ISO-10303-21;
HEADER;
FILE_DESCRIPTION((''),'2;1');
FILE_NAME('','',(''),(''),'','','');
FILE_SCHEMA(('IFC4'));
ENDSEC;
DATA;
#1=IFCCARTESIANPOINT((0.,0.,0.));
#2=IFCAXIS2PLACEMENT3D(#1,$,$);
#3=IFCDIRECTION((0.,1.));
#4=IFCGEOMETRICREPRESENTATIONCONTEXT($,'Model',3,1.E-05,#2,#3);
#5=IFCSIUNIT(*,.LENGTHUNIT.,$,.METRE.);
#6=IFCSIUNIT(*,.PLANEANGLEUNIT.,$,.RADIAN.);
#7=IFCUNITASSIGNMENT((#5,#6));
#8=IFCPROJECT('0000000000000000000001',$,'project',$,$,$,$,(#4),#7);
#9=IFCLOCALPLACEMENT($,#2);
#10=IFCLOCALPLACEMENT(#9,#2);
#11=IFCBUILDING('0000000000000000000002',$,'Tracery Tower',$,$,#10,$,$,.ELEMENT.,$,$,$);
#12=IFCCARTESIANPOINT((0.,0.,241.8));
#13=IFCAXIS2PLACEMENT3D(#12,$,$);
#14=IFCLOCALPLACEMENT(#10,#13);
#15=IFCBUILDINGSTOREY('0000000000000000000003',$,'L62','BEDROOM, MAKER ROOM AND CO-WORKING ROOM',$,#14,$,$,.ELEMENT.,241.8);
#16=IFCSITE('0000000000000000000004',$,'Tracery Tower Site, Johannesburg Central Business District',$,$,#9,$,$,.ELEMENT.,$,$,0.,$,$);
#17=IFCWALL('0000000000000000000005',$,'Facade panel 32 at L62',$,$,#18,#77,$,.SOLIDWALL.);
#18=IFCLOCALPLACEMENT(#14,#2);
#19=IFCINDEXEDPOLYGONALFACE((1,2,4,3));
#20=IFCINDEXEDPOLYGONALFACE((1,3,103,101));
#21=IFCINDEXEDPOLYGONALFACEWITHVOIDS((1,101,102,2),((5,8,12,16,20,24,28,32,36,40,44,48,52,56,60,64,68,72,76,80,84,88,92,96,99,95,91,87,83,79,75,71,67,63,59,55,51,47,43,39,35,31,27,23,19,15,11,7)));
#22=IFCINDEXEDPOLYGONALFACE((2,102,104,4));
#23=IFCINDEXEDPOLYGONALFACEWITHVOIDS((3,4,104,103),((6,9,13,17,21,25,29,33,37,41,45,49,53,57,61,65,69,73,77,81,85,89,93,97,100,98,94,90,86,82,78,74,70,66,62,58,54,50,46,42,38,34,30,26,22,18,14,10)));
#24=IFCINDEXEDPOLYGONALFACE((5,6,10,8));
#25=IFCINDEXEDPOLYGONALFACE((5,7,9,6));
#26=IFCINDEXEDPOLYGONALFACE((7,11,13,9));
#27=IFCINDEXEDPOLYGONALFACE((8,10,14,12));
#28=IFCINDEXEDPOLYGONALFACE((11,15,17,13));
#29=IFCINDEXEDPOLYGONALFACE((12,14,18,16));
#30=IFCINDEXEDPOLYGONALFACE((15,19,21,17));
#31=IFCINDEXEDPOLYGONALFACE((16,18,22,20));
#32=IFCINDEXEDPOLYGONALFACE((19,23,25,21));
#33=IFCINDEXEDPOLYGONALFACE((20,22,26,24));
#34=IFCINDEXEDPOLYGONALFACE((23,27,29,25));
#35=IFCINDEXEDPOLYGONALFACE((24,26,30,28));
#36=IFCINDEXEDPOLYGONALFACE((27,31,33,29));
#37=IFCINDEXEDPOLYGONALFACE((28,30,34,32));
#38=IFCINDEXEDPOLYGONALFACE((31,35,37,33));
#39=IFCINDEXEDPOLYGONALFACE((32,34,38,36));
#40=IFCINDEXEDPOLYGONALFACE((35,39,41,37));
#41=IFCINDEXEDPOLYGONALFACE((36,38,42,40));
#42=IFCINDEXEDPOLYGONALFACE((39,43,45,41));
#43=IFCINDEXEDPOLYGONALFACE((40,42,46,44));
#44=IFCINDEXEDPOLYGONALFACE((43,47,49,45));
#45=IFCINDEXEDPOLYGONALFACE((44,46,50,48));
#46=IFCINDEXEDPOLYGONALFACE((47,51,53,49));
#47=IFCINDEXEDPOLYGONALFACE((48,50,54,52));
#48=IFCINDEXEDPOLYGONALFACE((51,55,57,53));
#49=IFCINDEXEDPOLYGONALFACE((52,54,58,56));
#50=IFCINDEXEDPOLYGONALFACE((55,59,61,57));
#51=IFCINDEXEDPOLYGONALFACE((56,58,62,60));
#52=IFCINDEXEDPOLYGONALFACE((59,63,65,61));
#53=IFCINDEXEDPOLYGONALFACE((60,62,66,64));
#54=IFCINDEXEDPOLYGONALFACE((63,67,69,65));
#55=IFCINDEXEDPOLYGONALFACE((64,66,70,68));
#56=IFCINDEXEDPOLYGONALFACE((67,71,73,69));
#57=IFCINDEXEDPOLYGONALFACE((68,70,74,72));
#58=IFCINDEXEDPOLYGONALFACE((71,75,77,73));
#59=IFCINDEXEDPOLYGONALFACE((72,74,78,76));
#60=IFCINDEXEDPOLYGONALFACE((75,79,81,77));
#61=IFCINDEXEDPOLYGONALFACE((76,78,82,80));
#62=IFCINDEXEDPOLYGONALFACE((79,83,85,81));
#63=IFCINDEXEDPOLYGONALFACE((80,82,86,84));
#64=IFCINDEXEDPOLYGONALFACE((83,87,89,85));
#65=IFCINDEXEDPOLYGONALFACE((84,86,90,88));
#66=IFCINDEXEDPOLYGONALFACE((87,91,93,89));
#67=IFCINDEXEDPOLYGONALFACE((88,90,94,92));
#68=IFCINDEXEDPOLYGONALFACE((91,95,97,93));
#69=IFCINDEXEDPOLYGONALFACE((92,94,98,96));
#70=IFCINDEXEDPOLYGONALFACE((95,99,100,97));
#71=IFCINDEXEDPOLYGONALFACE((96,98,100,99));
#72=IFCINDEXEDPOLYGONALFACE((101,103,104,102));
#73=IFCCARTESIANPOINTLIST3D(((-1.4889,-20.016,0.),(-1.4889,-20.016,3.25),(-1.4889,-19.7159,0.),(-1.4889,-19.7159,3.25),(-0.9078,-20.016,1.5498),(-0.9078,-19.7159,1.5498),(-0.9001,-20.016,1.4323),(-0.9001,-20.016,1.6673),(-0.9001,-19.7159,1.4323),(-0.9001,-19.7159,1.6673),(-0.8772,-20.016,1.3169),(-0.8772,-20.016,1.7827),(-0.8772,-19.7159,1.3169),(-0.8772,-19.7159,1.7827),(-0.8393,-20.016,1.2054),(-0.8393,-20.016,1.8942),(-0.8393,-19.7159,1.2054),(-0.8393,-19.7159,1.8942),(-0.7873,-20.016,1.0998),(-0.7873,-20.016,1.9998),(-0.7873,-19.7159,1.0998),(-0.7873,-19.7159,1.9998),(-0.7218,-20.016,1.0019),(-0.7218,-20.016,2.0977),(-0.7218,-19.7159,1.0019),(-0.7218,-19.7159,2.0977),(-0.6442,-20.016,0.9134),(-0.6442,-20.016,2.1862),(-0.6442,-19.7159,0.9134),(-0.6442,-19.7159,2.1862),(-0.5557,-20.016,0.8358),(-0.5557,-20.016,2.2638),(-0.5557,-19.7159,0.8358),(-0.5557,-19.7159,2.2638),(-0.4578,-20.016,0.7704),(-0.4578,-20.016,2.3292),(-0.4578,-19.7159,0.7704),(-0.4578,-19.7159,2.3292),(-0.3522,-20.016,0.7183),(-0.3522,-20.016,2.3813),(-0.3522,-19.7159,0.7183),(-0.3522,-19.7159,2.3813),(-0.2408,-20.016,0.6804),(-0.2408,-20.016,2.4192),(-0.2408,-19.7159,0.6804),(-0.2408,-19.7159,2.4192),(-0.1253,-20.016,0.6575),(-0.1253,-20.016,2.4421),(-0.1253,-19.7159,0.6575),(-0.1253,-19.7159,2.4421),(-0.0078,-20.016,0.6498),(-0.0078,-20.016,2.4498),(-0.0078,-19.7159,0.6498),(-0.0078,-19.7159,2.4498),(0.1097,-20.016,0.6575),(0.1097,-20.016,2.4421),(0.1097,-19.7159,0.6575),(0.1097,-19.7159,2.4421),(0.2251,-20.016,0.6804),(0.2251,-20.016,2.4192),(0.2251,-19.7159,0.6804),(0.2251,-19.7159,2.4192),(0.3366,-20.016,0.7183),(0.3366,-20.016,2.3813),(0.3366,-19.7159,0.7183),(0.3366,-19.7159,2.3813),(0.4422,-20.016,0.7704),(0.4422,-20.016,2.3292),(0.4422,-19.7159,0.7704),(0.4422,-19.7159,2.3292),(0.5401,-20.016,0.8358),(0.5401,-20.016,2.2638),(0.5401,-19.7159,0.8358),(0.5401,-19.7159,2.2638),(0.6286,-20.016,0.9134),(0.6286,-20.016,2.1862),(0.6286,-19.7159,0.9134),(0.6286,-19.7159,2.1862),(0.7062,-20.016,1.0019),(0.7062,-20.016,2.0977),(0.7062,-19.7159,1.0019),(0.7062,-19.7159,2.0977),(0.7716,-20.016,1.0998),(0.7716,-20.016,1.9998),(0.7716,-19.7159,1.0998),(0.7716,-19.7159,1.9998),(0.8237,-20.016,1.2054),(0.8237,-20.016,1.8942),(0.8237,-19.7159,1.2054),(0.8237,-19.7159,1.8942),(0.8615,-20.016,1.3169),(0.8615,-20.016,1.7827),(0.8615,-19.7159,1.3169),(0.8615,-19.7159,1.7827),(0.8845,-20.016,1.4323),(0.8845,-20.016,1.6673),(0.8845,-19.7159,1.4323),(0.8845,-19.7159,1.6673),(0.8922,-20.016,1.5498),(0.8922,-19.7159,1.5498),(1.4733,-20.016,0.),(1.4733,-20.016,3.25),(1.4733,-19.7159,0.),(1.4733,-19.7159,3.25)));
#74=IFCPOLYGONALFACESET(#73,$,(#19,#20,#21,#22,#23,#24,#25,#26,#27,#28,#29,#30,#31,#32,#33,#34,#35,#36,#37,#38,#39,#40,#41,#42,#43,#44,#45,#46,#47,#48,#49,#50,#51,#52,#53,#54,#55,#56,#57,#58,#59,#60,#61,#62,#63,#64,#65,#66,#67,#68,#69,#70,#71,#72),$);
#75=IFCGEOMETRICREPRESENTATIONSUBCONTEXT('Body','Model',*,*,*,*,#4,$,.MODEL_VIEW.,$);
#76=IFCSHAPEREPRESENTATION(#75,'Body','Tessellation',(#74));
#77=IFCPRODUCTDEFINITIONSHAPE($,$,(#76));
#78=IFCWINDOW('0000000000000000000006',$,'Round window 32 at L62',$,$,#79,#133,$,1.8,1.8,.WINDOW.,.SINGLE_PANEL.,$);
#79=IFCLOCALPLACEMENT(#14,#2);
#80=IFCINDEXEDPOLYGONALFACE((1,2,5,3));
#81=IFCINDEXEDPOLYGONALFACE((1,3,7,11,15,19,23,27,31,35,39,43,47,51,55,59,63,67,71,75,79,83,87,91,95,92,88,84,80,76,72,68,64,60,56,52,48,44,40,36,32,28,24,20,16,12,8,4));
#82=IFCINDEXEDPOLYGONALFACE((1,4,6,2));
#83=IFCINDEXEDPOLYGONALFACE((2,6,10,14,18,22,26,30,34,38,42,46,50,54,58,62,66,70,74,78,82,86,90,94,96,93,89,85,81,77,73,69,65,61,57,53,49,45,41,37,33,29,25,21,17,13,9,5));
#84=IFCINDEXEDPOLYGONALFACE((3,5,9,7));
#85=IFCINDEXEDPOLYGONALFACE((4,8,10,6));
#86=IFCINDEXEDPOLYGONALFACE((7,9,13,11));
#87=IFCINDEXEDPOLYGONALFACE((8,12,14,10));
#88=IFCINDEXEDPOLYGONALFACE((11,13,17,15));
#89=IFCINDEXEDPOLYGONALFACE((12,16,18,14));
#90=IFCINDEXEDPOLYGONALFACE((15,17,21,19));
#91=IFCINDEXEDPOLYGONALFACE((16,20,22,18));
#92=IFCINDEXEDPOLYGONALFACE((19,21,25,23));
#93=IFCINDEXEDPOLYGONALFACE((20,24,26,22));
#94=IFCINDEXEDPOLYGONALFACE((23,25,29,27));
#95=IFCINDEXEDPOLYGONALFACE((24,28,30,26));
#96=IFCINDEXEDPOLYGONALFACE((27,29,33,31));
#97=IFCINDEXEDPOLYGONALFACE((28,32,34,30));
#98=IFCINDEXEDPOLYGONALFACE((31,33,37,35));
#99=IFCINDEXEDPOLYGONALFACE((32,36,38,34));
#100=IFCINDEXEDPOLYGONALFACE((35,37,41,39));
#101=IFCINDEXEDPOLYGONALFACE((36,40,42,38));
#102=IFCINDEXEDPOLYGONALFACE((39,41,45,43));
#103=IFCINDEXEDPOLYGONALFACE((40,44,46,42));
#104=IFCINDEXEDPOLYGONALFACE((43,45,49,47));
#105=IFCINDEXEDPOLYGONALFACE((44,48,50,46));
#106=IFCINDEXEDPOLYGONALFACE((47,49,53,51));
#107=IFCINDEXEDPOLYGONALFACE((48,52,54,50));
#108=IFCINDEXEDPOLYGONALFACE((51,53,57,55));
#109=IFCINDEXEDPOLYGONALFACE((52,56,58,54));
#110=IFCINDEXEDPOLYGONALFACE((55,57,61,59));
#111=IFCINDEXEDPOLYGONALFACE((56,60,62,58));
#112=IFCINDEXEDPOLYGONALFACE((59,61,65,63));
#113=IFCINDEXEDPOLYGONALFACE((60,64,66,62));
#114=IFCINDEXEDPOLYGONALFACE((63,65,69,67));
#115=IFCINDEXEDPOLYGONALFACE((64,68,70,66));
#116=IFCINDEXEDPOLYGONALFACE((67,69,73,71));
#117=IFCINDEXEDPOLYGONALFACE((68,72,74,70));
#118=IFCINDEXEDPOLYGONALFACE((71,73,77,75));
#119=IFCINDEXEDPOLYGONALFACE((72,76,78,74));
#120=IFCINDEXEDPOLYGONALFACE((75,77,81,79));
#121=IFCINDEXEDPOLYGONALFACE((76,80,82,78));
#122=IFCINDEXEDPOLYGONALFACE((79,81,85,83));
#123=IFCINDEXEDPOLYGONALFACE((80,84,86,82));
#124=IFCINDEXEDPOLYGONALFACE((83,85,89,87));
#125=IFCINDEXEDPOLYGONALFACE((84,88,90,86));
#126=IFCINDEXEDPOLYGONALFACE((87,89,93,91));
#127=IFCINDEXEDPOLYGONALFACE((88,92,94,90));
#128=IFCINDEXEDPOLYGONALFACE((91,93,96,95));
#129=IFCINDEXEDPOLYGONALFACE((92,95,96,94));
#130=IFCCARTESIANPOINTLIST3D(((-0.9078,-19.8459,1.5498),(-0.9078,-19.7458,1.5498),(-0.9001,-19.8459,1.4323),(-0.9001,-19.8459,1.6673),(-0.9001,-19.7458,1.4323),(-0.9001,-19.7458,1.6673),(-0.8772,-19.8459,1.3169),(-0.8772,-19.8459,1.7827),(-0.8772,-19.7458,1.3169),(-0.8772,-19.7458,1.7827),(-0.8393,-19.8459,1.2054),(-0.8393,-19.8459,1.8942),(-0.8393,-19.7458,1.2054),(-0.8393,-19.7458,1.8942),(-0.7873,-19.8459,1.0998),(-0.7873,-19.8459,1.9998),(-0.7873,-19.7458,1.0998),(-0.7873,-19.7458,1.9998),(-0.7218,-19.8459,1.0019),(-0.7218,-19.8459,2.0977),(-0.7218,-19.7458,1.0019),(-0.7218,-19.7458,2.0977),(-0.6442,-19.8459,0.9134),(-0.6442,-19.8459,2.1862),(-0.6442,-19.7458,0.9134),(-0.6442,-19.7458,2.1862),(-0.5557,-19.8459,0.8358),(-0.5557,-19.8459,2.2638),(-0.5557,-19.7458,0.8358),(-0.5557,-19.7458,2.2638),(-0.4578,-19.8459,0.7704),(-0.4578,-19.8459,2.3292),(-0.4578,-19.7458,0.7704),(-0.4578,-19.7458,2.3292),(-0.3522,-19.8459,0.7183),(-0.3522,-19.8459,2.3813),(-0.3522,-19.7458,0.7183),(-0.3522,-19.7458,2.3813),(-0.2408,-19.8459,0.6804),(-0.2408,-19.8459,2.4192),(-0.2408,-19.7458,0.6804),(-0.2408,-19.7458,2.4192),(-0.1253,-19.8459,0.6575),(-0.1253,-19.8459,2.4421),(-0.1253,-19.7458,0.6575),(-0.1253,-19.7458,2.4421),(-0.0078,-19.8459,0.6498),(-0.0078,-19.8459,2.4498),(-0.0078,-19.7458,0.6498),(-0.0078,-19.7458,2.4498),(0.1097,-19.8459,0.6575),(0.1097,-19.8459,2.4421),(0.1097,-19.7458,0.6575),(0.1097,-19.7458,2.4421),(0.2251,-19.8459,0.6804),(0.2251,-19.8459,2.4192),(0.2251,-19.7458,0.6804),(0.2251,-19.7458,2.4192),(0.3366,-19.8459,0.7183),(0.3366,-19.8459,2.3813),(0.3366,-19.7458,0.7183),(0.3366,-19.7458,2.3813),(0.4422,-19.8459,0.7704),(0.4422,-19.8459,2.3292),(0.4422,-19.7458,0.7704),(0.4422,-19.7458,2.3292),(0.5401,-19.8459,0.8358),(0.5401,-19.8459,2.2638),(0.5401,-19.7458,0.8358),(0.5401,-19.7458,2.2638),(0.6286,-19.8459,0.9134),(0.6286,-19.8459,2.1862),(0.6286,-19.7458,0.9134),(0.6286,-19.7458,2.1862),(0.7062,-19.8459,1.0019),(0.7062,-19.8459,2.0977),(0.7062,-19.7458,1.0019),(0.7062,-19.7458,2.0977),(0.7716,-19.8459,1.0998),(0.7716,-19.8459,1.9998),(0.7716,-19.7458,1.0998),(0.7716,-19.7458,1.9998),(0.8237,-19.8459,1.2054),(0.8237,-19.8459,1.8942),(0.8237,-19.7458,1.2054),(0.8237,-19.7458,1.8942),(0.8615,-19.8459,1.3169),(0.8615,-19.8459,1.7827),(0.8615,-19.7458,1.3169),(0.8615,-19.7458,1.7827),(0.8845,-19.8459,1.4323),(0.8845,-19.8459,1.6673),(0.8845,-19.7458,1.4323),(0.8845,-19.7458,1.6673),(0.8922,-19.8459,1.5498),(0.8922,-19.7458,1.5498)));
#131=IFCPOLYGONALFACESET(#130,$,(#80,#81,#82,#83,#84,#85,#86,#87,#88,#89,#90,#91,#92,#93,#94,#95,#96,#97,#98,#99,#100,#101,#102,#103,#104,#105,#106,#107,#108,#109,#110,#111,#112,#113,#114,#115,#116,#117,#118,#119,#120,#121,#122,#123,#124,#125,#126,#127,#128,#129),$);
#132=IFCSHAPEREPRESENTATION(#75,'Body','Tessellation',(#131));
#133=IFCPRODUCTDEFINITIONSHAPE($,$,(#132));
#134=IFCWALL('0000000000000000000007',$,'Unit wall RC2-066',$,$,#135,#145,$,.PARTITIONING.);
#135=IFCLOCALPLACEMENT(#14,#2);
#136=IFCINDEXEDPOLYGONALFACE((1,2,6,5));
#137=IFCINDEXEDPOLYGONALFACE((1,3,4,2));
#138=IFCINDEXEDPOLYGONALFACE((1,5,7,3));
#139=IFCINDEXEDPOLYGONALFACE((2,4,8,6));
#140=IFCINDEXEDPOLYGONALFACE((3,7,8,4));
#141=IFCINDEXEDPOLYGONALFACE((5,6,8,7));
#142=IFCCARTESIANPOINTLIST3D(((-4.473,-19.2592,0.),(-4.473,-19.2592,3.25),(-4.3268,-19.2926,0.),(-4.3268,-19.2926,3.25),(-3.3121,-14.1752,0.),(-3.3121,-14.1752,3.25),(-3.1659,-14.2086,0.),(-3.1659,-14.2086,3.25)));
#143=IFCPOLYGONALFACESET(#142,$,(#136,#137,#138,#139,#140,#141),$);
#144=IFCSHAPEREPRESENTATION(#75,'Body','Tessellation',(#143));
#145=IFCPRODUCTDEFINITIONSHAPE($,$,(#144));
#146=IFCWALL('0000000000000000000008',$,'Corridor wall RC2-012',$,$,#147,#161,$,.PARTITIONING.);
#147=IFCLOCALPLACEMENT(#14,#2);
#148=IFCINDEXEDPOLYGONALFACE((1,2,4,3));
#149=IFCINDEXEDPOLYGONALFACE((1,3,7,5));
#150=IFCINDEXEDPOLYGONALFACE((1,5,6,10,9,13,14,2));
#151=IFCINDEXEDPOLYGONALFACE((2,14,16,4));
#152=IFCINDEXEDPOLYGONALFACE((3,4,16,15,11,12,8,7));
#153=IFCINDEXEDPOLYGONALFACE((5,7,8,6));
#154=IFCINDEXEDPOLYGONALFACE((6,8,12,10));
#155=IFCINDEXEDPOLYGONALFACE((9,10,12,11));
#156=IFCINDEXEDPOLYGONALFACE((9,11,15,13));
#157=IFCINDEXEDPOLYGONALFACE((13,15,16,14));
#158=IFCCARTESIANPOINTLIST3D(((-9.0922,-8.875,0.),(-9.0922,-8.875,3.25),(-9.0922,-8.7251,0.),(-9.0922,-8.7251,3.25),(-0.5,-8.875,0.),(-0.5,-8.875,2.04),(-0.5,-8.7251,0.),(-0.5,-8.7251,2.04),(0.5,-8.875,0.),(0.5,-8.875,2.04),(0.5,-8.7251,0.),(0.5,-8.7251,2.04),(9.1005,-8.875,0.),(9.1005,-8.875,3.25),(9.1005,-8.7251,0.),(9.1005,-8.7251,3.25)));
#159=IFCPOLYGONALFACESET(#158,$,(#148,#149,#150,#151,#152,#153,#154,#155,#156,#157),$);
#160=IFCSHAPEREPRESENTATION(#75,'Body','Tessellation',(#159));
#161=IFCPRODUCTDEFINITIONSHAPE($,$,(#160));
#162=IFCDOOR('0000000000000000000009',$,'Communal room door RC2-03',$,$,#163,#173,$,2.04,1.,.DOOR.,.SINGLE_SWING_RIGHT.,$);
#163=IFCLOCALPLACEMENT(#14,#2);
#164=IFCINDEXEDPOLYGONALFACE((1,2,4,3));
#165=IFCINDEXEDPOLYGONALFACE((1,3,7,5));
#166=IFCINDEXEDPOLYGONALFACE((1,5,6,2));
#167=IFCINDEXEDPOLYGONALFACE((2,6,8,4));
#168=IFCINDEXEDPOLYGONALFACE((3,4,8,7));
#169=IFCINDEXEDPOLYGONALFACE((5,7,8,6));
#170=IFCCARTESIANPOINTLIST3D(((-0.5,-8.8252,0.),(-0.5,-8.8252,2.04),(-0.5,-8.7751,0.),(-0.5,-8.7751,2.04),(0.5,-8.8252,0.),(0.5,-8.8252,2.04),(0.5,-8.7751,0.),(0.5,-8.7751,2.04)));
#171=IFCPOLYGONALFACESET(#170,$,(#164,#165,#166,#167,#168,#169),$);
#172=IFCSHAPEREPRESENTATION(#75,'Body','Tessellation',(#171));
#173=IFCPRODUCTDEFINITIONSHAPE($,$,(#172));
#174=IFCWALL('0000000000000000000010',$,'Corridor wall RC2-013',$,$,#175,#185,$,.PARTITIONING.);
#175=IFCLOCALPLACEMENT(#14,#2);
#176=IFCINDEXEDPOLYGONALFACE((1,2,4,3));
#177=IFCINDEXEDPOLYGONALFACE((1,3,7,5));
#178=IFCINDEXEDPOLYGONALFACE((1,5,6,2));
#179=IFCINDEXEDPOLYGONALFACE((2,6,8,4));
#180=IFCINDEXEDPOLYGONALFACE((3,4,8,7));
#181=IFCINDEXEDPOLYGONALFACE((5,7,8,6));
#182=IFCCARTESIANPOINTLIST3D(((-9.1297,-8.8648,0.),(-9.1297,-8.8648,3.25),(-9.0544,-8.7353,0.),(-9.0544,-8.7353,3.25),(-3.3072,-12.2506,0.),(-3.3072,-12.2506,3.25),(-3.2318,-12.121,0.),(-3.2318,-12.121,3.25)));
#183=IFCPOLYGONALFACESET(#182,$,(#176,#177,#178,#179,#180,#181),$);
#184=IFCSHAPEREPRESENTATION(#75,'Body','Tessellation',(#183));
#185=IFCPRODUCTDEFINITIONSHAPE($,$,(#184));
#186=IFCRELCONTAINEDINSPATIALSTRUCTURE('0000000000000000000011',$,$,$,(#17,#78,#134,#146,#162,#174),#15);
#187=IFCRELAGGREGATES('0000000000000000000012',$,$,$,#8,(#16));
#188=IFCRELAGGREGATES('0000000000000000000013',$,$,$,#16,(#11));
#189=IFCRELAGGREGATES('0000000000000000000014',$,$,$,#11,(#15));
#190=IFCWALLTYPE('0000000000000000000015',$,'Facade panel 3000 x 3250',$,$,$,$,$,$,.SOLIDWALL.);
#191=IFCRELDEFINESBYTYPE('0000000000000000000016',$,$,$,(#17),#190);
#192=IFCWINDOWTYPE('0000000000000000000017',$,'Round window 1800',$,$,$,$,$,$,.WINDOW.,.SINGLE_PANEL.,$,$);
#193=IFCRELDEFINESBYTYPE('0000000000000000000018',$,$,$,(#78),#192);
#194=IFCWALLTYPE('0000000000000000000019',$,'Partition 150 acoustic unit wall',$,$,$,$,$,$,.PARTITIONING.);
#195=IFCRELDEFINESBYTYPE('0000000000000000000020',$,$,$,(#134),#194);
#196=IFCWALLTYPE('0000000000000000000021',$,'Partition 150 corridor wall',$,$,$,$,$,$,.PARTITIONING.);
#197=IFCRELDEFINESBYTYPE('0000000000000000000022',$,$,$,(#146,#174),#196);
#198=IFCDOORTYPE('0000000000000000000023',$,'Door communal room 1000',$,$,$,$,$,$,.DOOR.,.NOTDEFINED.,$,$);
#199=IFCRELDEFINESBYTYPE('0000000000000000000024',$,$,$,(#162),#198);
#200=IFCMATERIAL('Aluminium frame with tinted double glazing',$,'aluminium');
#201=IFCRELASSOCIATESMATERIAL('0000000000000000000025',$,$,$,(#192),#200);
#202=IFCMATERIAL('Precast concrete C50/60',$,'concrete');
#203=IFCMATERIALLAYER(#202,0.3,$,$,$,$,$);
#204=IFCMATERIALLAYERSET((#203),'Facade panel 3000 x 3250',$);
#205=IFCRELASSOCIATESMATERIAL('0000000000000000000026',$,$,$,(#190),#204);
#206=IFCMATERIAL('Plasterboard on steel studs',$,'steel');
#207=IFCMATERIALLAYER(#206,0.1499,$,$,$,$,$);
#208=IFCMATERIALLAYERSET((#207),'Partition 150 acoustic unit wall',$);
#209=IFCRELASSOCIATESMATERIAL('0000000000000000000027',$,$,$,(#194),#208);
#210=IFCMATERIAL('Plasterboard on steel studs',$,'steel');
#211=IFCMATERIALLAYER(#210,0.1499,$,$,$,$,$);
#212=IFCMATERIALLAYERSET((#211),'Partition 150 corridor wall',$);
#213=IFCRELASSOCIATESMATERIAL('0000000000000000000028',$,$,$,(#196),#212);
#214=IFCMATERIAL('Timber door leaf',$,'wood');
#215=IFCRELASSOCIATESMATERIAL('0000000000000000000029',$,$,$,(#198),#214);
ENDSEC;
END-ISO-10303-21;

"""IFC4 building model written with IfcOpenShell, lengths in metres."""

from ifc_helpers import new_model, si_unit, direction, frame, frame_2d, origin, origin_2d, place, context, subcontext, project, spatial, rectangle, circle, extrude, material, layer, layer_set, type_object, element, fill, save


model = new_model("IFC4")

# Units and contexts
model_context = context("Model", 3, precision=1e-05, world=origin(), true_north=direction((0.0, 1.0)))
body_context = subcontext(model_context, "Body", "Model", "MODEL_VIEW")
ifc_project = project(units=[si_unit("LENGTHUNIT", "METRE"), si_unit("PLANEANGLEUNIT", "RADIAN")], contexts=[model_context])

# Site, building, storey
site_placement = place(None, origin())
site = spatial("IfcSite", under=ifc_project, at=site_placement, Name="Tracery Tower Site, Johannesburg Central Business District", CompositionType="ELEMENT", RefElevation=0.0)
building_placement = place(site_placement, origin())
building = spatial("IfcBuilding", under=site, at=building_placement, Name="Tracery Tower", CompositionType="ELEMENT")
storey_placement = place(building_placement, frame((0.0, 0.0, 241.8)))
storey = spatial("IfcBuildingStorey", under=building, at=storey_placement, Name="L62", Description="BEDROOM, MAKER ROOM AND CO-WORKING ROOM", CompositionType="ELEMENT", Elevation=241.8)

# Wall, opening, window
ifc_material_1 = material(Name="Aluminium frame with tinted double glazing", Category="aluminium")
window_type = type_object("IfcWindowType", Name="Round window 1800", PartitioningType="SINGLE_PANEL", PredefinedType="WINDOW", material=ifc_material_1)
ifc_material_2 = material(Name="Precast concrete C50/60", Category="concrete")
ifc_layer_1 = layer(ifc_material_2, 0.3)
ifc_layer_set_1 = layer_set([ifc_layer_1], Name="Facade panel 3000 x 3250")
wall_type_1 = type_object("IfcWallType", Name="Facade panel 3000 x 3250", PredefinedType="SOLIDWALL", material=ifc_layer_set_1)
wall_1_placement = place(storey_placement, frame((-1.4888, -19.866, 0.0), z_axis=(0.0, 0.0, 1.0), x_axis=(1.0, 0.0, 0.0)))
wall_1 = element("IfcWall", 1, at=wall_1_placement, inside=storey, type_object=wall_type_1, Name="Facade panel 32 at L62", PredefinedType="SOLIDWALL", context=body_context, shape_type="SweptSolid", body=[
    extrude(rectangle(XDim=2.9622, YDim=0.3, at=frame_2d((1.481, 0.0))), origin(), (0.0, 0.0, 1.0), 3.25),
])
opening_1_placement = place(wall_1_placement, frame((1.481, 0.0, 1.5498)))
opening_1 = element("IfcOpeningElement", 2, at=opening_1_placement, cuts=wall_1, PredefinedType="OPENING", context=body_context, shape_type="SweptSolid", body=[
    extrude(circle(Radius=0.9, at=origin_2d()), frame((0.0, 0.1599, 0.0), z_axis=(0.0, -1.0, 0.0), x_axis=(1.0, 0.0, 0.0)), (0.0, 0.0, 1.0), 0.3201),
])
window_1_placement = place(opening_1_placement, origin())
window_1 = element("IfcWindow", 3, at=window_1_placement, inside=storey, type_object=window_type, Name="Round window 32 at L62", OverallHeight=1.8, OverallWidth=1.8, PartitioningType="SINGLE_PANEL", PredefinedType="WINDOW", context=body_context, shape_type="SweptSolid", body=[
    extrude(circle(Radius=0.9, at=origin_2d()), frame((0.0, 0.1201, 0.0), z_axis=(0.0, -1.0, 0.0), x_axis=(1.0, 0.0, 0.0)), (0.0, 0.0, 1.0), 0.1001),
])
fill(opening_1, window_1)

# Wall
ifc_material_3 = material(Name="Plasterboard on steel studs", Category="steel")
ifc_layer_2 = layer(ifc_material_3, 0.1499)
ifc_layer_set_2 = layer_set([ifc_layer_2], Name="Partition 150 acoustic unit wall")
wall_type_2 = type_object("IfcWallType", Name="Partition 150 acoustic unit wall", PredefinedType="PARTITIONING", material=ifc_layer_set_2)
wall_2_placement = place(storey_placement, frame((-4.3999, -19.2759, 0.0), z_axis=(0.0, 0.0, 1.0), x_axis=(0.222613, 0.974907, 0.0)))
element("IfcWall", 4, at=wall_2_placement, inside=storey, type_object=wall_type_2, Name="Unit wall RC2-066", PredefinedType="PARTITIONING", context=body_context, shape_type="SweptSolid", body=[
    extrude(rectangle(XDim=5.2148, YDim=0.1499, at=frame_2d((2.6074, 0.0))), origin(), (0.0, 0.0, 1.0), 3.25),
])

# Wall, opening, door
ifc_material_4 = material(Name="Plasterboard on steel studs", Category="steel")
ifc_layer_3 = layer(ifc_material_4, 0.1499)
ifc_layer_set_3 = layer_set([ifc_layer_3], Name="Partition 150 corridor wall")
wall_type_3 = type_object("IfcWallType", Name="Partition 150 corridor wall", PredefinedType="PARTITIONING", material=ifc_layer_set_3)
wall_3_placement = place(storey_placement, frame((-9.092, -8.8, 0.0), z_axis=(0.0, 0.0, 1.0), x_axis=(1.0, 0.0, 0.0)))
wall_3 = element("IfcWall", 5, at=wall_3_placement, inside=storey, type_object=wall_type_3, Name="Corridor wall RC2-012", PredefinedType="PARTITIONING", context=body_context, shape_type="SweptSolid", body=[
    extrude(rectangle(XDim=18.1926, YDim=0.1499, at=frame_2d((9.0962, 0.0))), origin(), (0.0, 0.0, 1.0), 3.25),
])
opening_2_placement = place(wall_3_placement, frame((8.592, 0.0, 0.0)))
opening_2 = element("IfcOpeningElement", 6, at=opening_2_placement, cuts=wall_3, PredefinedType="OPENING", context=body_context, shape_type="SweptSolid", body=[
    extrude(rectangle(XDim=1.0, YDim=2.04, at=frame_2d((0.5, 1.02))), frame((0.0, 0.075, 0.0), z_axis=(0.0, -1.0, 0.0), x_axis=(1.0, 0.0, 0.0)), (0.0, 0.0, 1.0), 0.1499),
])
ifc_material_5 = material(Name="Timber door leaf", Category="wood")
door_type = type_object("IfcDoorType", Name="Door communal room 1000", OperationType="NOTDEFINED", PredefinedType="DOOR", material=ifc_material_5)
door_1_placement = place(opening_2_placement, origin())
door_1 = element("IfcDoor", 7, at=door_1_placement, inside=storey, type_object=door_type, Name="Communal room door RC2-03", OperationType="SINGLE_SWING_RIGHT", OverallHeight=2.04, OverallWidth=1.0, PredefinedType="DOOR", context=body_context, shape_type="SweptSolid", body=[
    extrude(rectangle(XDim=1.0, YDim=2.04, at=frame_2d((0.5, 1.02))), frame((0.0, 0.0249, 0.0), z_axis=(0.0, -1.0, 0.0), x_axis=(1.0, 0.0, 0.0)), (0.0, 0.0, 1.0), 0.05),
])
fill(opening_2, door_1)

# Wall
wall_4_placement = place(storey_placement, frame((-9.092, -8.8, 0.0), z_axis=(0.0, 0.0, 1.0), x_axis=(0.864471, -0.502683, 0.0)))
element("IfcWall", 8, at=wall_4_placement, inside=storey, type_object=wall_type_3, Name="Corridor wall RC2-013", PredefinedType="PARTITIONING", context=body_context, shape_type="SweptSolid", body=[
    extrude(rectangle(XDim=6.7354, YDim=0.1499, at=frame_2d((3.3677, 0.0))), origin(), (0.0, 0.0, 1.0), 3.25),
])

save(model, "model.ifc")
